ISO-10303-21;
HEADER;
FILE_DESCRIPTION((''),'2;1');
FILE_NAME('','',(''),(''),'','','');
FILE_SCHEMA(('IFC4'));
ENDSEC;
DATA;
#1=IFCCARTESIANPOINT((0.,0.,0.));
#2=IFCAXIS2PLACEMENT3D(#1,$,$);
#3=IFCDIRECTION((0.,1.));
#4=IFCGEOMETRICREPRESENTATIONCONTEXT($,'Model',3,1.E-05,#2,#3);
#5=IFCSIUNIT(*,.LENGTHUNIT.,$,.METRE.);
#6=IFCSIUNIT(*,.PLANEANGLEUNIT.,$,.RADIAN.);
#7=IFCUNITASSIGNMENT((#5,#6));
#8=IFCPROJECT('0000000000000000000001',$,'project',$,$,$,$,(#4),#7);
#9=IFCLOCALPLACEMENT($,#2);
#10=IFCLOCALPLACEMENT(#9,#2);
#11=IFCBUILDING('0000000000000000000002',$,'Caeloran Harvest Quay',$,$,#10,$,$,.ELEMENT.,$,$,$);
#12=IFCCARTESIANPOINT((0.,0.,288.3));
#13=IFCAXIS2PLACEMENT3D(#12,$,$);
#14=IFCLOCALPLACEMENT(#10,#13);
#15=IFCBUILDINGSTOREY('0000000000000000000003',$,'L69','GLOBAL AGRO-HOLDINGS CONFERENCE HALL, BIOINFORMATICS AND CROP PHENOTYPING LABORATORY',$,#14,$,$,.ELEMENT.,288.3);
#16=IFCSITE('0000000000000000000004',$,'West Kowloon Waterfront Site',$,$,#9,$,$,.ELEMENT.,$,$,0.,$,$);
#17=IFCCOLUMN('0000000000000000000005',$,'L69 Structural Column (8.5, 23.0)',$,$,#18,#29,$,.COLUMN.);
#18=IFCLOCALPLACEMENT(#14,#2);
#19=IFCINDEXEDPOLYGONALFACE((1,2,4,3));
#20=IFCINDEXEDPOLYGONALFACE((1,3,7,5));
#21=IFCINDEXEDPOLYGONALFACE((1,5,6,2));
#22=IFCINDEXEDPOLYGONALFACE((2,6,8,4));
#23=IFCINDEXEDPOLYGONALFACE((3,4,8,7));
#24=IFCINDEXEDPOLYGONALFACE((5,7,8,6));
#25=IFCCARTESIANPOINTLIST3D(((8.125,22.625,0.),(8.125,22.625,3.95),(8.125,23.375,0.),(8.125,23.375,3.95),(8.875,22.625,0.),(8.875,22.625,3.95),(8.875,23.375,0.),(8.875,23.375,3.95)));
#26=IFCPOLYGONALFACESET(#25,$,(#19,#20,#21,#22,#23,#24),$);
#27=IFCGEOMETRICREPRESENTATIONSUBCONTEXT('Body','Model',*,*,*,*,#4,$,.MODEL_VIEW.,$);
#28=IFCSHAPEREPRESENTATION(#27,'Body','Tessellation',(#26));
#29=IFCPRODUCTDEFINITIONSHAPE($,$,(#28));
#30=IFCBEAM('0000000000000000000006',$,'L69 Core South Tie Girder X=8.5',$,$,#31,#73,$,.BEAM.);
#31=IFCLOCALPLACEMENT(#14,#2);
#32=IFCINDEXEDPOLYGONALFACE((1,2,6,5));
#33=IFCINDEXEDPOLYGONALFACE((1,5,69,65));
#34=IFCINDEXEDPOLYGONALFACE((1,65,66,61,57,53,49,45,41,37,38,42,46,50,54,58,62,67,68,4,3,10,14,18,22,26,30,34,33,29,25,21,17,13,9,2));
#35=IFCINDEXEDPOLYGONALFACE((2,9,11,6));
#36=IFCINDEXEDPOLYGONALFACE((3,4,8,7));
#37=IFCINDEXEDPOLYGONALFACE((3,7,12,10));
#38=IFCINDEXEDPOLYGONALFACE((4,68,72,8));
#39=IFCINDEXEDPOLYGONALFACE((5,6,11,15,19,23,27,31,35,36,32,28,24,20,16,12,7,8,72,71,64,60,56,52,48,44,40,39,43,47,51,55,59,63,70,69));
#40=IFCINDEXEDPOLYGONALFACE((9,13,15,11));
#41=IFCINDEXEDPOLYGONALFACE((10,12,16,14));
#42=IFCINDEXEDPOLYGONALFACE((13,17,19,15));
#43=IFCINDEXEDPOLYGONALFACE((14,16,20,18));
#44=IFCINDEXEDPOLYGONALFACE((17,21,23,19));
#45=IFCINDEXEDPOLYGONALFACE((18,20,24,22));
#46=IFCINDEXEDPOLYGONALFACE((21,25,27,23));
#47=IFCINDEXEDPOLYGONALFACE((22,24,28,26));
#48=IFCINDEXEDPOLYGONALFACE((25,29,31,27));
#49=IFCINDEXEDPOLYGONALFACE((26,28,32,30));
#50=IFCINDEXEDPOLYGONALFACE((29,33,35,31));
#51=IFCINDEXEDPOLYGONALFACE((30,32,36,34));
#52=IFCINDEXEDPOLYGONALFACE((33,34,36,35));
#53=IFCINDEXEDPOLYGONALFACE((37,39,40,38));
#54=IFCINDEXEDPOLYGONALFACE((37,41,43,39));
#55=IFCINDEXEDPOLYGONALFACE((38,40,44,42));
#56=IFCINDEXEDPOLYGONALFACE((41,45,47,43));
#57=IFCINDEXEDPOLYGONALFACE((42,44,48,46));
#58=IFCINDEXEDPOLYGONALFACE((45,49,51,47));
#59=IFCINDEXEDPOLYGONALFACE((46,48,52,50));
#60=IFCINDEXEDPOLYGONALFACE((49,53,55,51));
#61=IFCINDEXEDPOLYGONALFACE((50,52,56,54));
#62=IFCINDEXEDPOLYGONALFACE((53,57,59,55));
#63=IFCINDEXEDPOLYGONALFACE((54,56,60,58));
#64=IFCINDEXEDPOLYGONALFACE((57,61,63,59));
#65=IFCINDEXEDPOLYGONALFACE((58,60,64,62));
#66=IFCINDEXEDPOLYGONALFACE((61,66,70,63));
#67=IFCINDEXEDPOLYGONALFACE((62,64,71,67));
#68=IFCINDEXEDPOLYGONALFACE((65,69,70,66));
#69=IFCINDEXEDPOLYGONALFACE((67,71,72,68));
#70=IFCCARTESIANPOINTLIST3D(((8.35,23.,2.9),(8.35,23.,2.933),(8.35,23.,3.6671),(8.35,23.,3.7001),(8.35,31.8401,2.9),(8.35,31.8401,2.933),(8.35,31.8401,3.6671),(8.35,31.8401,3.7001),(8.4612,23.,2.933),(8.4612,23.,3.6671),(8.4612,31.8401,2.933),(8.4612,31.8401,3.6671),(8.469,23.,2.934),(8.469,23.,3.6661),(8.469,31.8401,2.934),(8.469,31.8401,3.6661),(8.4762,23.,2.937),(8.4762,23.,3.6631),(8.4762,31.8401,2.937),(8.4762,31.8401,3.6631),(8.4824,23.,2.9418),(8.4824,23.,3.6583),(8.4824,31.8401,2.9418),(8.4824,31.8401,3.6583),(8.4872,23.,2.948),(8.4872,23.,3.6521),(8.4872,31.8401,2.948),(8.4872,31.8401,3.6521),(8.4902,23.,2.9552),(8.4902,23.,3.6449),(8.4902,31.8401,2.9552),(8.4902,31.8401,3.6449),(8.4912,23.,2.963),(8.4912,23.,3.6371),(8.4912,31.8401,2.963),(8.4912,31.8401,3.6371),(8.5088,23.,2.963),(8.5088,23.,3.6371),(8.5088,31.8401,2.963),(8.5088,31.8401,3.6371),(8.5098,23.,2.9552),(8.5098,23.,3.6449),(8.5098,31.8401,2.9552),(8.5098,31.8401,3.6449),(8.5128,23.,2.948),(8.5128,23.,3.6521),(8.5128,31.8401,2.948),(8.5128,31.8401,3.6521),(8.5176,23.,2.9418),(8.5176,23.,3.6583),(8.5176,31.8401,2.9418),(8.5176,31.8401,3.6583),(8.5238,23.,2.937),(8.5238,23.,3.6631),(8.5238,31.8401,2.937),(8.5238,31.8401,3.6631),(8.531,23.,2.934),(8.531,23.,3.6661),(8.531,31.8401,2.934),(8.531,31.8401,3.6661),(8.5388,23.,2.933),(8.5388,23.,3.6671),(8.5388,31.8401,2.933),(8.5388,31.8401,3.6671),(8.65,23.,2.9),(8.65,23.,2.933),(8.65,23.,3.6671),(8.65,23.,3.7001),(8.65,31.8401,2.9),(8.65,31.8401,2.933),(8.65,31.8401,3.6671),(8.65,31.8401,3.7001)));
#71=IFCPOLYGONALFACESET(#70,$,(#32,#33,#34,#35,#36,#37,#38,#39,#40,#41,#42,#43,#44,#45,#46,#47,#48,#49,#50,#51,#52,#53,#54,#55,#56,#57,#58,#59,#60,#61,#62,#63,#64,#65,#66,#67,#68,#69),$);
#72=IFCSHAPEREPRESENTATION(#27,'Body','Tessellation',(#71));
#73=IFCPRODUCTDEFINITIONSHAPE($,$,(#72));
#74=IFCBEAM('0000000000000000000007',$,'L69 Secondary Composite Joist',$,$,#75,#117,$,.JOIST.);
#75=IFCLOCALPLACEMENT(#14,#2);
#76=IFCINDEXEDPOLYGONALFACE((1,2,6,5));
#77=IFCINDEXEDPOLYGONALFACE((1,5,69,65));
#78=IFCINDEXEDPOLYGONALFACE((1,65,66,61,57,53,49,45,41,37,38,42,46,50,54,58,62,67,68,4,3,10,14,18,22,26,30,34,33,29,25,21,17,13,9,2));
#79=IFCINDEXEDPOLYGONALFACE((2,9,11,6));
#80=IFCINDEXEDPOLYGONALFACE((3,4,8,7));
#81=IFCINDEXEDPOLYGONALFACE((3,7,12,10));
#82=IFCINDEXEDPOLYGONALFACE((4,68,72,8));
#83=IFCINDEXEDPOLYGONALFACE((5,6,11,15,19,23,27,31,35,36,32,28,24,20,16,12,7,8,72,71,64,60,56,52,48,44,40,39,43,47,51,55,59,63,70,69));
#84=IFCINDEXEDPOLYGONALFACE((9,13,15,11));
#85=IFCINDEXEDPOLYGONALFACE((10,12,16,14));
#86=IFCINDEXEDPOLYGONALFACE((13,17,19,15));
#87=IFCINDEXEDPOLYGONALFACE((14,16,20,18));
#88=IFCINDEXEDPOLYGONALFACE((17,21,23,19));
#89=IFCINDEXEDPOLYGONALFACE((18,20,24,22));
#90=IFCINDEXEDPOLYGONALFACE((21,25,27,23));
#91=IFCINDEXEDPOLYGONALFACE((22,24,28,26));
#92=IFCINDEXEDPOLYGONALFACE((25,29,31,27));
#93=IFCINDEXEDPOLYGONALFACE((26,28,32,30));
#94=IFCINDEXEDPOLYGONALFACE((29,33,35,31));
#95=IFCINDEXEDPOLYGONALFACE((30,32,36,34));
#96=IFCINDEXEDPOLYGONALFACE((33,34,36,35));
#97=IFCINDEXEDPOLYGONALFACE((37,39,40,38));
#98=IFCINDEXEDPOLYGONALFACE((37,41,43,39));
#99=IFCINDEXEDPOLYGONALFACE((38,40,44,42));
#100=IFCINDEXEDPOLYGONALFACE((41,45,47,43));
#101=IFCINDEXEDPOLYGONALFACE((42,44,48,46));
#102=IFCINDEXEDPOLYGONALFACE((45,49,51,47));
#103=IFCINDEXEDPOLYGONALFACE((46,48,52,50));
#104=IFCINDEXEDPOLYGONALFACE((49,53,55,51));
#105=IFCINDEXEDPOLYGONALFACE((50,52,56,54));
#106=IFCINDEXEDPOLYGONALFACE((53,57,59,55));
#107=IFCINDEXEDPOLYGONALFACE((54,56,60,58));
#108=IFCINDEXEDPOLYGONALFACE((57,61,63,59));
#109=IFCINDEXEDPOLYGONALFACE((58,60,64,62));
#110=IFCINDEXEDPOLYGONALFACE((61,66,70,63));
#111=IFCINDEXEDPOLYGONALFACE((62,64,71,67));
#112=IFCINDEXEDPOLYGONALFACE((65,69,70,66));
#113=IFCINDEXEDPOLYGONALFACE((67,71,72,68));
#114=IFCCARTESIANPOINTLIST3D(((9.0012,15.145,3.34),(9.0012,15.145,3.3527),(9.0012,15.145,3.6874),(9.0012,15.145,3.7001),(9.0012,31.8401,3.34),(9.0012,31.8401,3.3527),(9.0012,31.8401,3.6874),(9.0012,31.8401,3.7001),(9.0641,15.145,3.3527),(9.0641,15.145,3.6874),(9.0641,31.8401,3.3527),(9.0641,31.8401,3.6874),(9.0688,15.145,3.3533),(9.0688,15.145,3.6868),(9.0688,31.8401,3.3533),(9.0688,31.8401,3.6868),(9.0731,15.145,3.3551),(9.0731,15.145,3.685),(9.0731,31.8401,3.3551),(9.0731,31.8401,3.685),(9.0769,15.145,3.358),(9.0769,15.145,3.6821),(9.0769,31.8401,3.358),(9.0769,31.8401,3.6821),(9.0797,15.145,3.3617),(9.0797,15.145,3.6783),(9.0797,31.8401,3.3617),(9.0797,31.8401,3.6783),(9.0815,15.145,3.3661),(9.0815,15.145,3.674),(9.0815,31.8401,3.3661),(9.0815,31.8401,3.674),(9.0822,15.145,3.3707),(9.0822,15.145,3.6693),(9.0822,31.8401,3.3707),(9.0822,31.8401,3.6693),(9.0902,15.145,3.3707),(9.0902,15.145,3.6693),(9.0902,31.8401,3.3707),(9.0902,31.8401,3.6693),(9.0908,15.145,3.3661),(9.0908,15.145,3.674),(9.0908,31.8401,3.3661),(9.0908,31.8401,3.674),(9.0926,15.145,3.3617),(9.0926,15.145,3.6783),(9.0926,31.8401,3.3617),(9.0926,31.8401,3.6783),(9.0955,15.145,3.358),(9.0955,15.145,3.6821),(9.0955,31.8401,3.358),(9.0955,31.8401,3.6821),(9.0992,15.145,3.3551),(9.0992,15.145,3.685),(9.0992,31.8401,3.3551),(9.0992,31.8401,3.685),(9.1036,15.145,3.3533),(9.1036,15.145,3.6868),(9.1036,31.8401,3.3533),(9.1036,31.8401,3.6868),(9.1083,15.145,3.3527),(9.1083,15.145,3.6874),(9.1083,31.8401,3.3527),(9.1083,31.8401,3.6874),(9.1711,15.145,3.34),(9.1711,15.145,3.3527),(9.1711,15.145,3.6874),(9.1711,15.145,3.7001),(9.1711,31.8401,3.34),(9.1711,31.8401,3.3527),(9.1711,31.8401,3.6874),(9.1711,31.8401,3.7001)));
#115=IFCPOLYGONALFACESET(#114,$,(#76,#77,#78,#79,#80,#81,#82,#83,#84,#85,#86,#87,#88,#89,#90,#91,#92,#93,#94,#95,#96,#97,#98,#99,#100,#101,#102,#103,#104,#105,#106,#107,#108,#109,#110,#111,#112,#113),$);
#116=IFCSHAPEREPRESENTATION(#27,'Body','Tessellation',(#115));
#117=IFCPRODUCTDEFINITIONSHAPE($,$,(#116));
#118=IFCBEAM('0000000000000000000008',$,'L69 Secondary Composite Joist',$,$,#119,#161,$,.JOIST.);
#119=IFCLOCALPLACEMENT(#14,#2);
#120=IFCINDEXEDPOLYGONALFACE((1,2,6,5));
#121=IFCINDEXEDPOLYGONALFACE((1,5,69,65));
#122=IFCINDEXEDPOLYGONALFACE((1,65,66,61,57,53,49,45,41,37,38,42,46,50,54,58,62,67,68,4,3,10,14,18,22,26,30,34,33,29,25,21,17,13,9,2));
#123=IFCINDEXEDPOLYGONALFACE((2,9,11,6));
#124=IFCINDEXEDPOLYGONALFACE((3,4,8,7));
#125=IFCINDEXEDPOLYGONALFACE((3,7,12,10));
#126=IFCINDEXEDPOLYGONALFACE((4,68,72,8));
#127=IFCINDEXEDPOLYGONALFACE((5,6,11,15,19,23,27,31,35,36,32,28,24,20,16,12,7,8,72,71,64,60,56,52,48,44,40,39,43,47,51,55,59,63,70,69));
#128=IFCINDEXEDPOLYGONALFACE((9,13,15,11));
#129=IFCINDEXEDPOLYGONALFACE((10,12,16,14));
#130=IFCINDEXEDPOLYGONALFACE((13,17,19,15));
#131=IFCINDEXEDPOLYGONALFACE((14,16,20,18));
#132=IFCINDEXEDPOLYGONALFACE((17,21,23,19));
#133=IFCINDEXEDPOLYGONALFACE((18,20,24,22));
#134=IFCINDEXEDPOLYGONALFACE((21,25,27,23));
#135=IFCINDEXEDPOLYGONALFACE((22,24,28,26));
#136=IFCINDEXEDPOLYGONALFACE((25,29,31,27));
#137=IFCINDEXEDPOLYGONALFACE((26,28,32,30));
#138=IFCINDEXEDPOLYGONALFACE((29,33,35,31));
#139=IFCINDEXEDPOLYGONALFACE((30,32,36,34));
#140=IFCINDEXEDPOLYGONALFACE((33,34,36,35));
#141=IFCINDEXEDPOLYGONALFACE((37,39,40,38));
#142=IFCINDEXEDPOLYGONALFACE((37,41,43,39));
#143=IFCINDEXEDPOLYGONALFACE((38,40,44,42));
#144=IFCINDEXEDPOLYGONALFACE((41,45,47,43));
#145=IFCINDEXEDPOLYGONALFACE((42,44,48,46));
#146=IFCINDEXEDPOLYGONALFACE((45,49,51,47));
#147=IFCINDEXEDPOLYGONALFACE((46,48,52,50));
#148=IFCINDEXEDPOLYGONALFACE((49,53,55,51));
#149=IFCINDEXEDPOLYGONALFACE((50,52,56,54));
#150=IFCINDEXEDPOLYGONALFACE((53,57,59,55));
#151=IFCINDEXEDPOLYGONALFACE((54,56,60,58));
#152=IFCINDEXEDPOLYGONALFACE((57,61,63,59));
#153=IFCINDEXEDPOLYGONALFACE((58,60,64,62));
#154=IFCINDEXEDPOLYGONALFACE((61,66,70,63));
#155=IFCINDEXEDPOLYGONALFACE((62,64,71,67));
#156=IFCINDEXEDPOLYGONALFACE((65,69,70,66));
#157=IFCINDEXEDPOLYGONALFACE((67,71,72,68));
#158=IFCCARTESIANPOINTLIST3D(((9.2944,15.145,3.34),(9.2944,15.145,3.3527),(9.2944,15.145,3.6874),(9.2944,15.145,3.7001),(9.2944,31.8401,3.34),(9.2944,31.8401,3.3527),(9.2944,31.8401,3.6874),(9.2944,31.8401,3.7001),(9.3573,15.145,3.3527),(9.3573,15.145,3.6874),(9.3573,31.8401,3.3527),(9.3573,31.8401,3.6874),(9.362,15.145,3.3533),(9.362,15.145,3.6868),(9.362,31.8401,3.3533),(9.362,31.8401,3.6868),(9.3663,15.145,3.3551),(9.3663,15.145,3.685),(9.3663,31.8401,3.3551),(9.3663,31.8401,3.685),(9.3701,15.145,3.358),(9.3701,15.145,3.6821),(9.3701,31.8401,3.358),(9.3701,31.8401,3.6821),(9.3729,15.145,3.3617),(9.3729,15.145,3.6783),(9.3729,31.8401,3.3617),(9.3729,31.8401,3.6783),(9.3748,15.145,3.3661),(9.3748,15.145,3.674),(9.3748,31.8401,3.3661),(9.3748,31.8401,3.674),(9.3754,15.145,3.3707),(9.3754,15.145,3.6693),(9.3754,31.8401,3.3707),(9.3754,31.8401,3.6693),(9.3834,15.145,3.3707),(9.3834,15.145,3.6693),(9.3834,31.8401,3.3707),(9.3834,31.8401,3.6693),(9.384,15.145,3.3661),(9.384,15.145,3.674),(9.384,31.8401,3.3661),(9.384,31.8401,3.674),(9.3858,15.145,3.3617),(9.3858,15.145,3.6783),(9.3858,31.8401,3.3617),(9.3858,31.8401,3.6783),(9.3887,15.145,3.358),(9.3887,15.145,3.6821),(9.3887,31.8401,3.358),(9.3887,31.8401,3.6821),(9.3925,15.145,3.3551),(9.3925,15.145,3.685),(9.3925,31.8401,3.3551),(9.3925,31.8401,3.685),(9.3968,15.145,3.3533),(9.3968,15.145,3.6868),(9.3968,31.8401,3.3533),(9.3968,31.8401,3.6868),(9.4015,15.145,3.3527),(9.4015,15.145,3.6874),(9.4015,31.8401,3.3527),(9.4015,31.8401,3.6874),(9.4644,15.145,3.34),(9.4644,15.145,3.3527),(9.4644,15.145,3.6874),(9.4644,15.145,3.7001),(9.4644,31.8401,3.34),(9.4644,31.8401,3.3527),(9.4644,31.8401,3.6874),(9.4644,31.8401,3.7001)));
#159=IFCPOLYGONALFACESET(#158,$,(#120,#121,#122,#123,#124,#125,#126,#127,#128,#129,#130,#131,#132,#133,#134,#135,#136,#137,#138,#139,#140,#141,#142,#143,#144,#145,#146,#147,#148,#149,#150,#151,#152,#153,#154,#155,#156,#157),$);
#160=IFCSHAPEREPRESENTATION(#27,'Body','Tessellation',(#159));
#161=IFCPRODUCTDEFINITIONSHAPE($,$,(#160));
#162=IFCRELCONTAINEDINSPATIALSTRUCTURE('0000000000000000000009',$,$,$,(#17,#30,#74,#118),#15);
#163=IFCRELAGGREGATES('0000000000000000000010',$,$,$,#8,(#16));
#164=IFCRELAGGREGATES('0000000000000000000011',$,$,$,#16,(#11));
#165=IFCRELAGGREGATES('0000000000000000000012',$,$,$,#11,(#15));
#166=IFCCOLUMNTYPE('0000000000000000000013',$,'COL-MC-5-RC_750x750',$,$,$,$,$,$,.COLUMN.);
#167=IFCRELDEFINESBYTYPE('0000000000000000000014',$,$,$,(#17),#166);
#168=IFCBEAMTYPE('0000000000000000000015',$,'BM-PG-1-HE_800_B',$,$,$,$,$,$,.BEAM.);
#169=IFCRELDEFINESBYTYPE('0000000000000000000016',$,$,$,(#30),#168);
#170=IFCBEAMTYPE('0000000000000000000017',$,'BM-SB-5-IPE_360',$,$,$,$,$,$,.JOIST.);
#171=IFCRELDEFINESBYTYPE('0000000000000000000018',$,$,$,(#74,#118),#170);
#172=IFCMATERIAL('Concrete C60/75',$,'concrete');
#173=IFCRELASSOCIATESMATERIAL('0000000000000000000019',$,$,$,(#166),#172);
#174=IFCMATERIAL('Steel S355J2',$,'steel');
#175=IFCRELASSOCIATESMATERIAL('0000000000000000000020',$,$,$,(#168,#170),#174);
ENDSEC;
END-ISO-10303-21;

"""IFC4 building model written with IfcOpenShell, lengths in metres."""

from ifc_helpers import new_model, si_unit, direction, frame, origin, origin_2d, place, context, subcontext, project, spatial, rectangle, i_section, extrude, material, material_profile, profile_set, type_object, element, save


model = new_model("IFC4")

# Units and contexts
model_context = context("Model", 3, precision=1e-05, world=origin(), true_north=direction((0.0, 1.0)))
body_context = subcontext(model_context, "Body", "Model", "MODEL_VIEW")
ifc_project = project(units=[si_unit("LENGTHUNIT", "METRE"), si_unit("PLANEANGLEUNIT", "RADIAN")], contexts=[model_context])

# Site, building, storey
site_placement = place(None, origin())
site = spatial("IfcSite", under=ifc_project, at=site_placement, Name="West Kowloon Waterfront Site", CompositionType="ELEMENT", RefElevation=0.0)
building_placement = place(site_placement, origin())
building = spatial("IfcBuilding", under=site, at=building_placement, Name="Caeloran Harvest Quay", CompositionType="ELEMENT")
storey_placement = place(building_placement, frame((0.0, 0.0, 288.3)))
storey = spatial("IfcBuildingStorey", under=building, at=storey_placement, Name="L69", Description="GLOBAL AGRO-HOLDINGS CONFERENCE HALL, BIOINFORMATICS AND CROP PHENOTYPING LABORATORY", CompositionType="ELEMENT", Elevation=288.3)

# Column
ifc_material_1 = material(Name="Concrete C60/75", Category="concrete")
ifc_material_profile_1 = material_profile(ifc_material_1, rectangle(XDim=0.75, YDim=0.75, at=origin_2d()), Name="RC 750x750")
ifc_profile_set_1 = profile_set([ifc_material_profile_1], Name="Concrete C60/75")
column_type = type_object("IfcColumnType", Name="COL-MC-5-RC_750x750", PredefinedType="COLUMN", material=ifc_profile_set_1)
column_placement = place(storey_placement, frame((8.5, 23.0, 0.0), z_axis=(0.0, 0.0, 1.0), x_axis=(1.0, 0.0, 0.0)))
element("IfcColumn", 1, at=column_placement, inside=storey, type_object=column_type, Name="L69 Structural Column (8.5, 23.0)", PredefinedType="COLUMN", context=body_context, shape_type="SweptSolid", body=[
    extrude(rectangle(XDim=0.75, YDim=0.75, at=origin_2d()), origin(), (0.0, 0.0, 1.0), 3.95),
])

# Beams
ifc_material_2 = material(Name="Steel S355J2", Category="steel")
ifc_material_profile_2 = material_profile(ifc_material_2, i_section(OverallWidth=0.3, OverallDepth=0.8, WebThickness=0.0176, FlangeThickness=0.033, FilletRadius=0.03, at=origin_2d()), Name="HE 800 B")
ifc_profile_set_2 = profile_set([ifc_material_profile_2], Name="Steel S355J2")
beam_type_1 = type_object("IfcBeamType", Name="BM-PG-1-HE_800_B", PredefinedType="BEAM", material=ifc_profile_set_2)
beam_placement = place(storey_placement, frame((8.5, 23.0, 3.3), z_axis=(0.0, 1.0, 0.0), x_axis=(-1.0, 0.0, 0.0)))
element("IfcBeam", 2, at=beam_placement, inside=storey, type_object=beam_type_1, Name="L69 Core South Tie Girder X=8.5", PredefinedType="BEAM", context=body_context, shape_type="SweptSolid", body=[
    extrude(i_section(OverallWidth=0.3, OverallDepth=0.8, WebThickness=0.0176, FlangeThickness=0.033, FilletRadius=0.03, at=origin_2d()), origin(), (0.0, 0.0, 1.0), 8.8401),
])
ifc_material_profile_3 = material_profile(ifc_material_2, i_section(OverallWidth=0.1699, OverallDepth=0.3601, WebThickness=0.0081, FlangeThickness=0.0127, FilletRadius=0.0181, at=origin_2d()), Name="IPE 360")
ifc_profile_set_3 = profile_set([ifc_material_profile_3], Name="Steel S355J2")
beam_type_2 = type_object("IfcBeamType", Name="BM-SB-5-IPE_360", PredefinedType="JOIST", material=ifc_profile_set_3)
for number, where, z_axis, x_axis, name in (
    (3, (9.0862, 15.145, 3.52), (0.0, 1.0, 0.0), (-1.0, 0.0, 0.0), "L69 Secondary Composite Joist"),
    (4, (9.3794, 15.145, 3.52), (0.0, 1.0, 0.0), (-1.0, 0.0, 0.0), "L69 Secondary Composite Joist"),
):
    element("IfcBeam", number, at=place(storey_placement, frame(where, z_axis=z_axis, x_axis=x_axis)), inside=storey, type_object=beam_type_2, Name=name, PredefinedType="JOIST", context=body_context, shape_type="SweptSolid", body=[
        extrude(i_section(OverallWidth=0.1699, OverallDepth=0.3601, WebThickness=0.0081, FlangeThickness=0.0127, FilletRadius=0.0181, at=origin_2d()), origin(), (0.0, 0.0, 1.0), 16.6951),
    ])

save(model, "model.ifc")
